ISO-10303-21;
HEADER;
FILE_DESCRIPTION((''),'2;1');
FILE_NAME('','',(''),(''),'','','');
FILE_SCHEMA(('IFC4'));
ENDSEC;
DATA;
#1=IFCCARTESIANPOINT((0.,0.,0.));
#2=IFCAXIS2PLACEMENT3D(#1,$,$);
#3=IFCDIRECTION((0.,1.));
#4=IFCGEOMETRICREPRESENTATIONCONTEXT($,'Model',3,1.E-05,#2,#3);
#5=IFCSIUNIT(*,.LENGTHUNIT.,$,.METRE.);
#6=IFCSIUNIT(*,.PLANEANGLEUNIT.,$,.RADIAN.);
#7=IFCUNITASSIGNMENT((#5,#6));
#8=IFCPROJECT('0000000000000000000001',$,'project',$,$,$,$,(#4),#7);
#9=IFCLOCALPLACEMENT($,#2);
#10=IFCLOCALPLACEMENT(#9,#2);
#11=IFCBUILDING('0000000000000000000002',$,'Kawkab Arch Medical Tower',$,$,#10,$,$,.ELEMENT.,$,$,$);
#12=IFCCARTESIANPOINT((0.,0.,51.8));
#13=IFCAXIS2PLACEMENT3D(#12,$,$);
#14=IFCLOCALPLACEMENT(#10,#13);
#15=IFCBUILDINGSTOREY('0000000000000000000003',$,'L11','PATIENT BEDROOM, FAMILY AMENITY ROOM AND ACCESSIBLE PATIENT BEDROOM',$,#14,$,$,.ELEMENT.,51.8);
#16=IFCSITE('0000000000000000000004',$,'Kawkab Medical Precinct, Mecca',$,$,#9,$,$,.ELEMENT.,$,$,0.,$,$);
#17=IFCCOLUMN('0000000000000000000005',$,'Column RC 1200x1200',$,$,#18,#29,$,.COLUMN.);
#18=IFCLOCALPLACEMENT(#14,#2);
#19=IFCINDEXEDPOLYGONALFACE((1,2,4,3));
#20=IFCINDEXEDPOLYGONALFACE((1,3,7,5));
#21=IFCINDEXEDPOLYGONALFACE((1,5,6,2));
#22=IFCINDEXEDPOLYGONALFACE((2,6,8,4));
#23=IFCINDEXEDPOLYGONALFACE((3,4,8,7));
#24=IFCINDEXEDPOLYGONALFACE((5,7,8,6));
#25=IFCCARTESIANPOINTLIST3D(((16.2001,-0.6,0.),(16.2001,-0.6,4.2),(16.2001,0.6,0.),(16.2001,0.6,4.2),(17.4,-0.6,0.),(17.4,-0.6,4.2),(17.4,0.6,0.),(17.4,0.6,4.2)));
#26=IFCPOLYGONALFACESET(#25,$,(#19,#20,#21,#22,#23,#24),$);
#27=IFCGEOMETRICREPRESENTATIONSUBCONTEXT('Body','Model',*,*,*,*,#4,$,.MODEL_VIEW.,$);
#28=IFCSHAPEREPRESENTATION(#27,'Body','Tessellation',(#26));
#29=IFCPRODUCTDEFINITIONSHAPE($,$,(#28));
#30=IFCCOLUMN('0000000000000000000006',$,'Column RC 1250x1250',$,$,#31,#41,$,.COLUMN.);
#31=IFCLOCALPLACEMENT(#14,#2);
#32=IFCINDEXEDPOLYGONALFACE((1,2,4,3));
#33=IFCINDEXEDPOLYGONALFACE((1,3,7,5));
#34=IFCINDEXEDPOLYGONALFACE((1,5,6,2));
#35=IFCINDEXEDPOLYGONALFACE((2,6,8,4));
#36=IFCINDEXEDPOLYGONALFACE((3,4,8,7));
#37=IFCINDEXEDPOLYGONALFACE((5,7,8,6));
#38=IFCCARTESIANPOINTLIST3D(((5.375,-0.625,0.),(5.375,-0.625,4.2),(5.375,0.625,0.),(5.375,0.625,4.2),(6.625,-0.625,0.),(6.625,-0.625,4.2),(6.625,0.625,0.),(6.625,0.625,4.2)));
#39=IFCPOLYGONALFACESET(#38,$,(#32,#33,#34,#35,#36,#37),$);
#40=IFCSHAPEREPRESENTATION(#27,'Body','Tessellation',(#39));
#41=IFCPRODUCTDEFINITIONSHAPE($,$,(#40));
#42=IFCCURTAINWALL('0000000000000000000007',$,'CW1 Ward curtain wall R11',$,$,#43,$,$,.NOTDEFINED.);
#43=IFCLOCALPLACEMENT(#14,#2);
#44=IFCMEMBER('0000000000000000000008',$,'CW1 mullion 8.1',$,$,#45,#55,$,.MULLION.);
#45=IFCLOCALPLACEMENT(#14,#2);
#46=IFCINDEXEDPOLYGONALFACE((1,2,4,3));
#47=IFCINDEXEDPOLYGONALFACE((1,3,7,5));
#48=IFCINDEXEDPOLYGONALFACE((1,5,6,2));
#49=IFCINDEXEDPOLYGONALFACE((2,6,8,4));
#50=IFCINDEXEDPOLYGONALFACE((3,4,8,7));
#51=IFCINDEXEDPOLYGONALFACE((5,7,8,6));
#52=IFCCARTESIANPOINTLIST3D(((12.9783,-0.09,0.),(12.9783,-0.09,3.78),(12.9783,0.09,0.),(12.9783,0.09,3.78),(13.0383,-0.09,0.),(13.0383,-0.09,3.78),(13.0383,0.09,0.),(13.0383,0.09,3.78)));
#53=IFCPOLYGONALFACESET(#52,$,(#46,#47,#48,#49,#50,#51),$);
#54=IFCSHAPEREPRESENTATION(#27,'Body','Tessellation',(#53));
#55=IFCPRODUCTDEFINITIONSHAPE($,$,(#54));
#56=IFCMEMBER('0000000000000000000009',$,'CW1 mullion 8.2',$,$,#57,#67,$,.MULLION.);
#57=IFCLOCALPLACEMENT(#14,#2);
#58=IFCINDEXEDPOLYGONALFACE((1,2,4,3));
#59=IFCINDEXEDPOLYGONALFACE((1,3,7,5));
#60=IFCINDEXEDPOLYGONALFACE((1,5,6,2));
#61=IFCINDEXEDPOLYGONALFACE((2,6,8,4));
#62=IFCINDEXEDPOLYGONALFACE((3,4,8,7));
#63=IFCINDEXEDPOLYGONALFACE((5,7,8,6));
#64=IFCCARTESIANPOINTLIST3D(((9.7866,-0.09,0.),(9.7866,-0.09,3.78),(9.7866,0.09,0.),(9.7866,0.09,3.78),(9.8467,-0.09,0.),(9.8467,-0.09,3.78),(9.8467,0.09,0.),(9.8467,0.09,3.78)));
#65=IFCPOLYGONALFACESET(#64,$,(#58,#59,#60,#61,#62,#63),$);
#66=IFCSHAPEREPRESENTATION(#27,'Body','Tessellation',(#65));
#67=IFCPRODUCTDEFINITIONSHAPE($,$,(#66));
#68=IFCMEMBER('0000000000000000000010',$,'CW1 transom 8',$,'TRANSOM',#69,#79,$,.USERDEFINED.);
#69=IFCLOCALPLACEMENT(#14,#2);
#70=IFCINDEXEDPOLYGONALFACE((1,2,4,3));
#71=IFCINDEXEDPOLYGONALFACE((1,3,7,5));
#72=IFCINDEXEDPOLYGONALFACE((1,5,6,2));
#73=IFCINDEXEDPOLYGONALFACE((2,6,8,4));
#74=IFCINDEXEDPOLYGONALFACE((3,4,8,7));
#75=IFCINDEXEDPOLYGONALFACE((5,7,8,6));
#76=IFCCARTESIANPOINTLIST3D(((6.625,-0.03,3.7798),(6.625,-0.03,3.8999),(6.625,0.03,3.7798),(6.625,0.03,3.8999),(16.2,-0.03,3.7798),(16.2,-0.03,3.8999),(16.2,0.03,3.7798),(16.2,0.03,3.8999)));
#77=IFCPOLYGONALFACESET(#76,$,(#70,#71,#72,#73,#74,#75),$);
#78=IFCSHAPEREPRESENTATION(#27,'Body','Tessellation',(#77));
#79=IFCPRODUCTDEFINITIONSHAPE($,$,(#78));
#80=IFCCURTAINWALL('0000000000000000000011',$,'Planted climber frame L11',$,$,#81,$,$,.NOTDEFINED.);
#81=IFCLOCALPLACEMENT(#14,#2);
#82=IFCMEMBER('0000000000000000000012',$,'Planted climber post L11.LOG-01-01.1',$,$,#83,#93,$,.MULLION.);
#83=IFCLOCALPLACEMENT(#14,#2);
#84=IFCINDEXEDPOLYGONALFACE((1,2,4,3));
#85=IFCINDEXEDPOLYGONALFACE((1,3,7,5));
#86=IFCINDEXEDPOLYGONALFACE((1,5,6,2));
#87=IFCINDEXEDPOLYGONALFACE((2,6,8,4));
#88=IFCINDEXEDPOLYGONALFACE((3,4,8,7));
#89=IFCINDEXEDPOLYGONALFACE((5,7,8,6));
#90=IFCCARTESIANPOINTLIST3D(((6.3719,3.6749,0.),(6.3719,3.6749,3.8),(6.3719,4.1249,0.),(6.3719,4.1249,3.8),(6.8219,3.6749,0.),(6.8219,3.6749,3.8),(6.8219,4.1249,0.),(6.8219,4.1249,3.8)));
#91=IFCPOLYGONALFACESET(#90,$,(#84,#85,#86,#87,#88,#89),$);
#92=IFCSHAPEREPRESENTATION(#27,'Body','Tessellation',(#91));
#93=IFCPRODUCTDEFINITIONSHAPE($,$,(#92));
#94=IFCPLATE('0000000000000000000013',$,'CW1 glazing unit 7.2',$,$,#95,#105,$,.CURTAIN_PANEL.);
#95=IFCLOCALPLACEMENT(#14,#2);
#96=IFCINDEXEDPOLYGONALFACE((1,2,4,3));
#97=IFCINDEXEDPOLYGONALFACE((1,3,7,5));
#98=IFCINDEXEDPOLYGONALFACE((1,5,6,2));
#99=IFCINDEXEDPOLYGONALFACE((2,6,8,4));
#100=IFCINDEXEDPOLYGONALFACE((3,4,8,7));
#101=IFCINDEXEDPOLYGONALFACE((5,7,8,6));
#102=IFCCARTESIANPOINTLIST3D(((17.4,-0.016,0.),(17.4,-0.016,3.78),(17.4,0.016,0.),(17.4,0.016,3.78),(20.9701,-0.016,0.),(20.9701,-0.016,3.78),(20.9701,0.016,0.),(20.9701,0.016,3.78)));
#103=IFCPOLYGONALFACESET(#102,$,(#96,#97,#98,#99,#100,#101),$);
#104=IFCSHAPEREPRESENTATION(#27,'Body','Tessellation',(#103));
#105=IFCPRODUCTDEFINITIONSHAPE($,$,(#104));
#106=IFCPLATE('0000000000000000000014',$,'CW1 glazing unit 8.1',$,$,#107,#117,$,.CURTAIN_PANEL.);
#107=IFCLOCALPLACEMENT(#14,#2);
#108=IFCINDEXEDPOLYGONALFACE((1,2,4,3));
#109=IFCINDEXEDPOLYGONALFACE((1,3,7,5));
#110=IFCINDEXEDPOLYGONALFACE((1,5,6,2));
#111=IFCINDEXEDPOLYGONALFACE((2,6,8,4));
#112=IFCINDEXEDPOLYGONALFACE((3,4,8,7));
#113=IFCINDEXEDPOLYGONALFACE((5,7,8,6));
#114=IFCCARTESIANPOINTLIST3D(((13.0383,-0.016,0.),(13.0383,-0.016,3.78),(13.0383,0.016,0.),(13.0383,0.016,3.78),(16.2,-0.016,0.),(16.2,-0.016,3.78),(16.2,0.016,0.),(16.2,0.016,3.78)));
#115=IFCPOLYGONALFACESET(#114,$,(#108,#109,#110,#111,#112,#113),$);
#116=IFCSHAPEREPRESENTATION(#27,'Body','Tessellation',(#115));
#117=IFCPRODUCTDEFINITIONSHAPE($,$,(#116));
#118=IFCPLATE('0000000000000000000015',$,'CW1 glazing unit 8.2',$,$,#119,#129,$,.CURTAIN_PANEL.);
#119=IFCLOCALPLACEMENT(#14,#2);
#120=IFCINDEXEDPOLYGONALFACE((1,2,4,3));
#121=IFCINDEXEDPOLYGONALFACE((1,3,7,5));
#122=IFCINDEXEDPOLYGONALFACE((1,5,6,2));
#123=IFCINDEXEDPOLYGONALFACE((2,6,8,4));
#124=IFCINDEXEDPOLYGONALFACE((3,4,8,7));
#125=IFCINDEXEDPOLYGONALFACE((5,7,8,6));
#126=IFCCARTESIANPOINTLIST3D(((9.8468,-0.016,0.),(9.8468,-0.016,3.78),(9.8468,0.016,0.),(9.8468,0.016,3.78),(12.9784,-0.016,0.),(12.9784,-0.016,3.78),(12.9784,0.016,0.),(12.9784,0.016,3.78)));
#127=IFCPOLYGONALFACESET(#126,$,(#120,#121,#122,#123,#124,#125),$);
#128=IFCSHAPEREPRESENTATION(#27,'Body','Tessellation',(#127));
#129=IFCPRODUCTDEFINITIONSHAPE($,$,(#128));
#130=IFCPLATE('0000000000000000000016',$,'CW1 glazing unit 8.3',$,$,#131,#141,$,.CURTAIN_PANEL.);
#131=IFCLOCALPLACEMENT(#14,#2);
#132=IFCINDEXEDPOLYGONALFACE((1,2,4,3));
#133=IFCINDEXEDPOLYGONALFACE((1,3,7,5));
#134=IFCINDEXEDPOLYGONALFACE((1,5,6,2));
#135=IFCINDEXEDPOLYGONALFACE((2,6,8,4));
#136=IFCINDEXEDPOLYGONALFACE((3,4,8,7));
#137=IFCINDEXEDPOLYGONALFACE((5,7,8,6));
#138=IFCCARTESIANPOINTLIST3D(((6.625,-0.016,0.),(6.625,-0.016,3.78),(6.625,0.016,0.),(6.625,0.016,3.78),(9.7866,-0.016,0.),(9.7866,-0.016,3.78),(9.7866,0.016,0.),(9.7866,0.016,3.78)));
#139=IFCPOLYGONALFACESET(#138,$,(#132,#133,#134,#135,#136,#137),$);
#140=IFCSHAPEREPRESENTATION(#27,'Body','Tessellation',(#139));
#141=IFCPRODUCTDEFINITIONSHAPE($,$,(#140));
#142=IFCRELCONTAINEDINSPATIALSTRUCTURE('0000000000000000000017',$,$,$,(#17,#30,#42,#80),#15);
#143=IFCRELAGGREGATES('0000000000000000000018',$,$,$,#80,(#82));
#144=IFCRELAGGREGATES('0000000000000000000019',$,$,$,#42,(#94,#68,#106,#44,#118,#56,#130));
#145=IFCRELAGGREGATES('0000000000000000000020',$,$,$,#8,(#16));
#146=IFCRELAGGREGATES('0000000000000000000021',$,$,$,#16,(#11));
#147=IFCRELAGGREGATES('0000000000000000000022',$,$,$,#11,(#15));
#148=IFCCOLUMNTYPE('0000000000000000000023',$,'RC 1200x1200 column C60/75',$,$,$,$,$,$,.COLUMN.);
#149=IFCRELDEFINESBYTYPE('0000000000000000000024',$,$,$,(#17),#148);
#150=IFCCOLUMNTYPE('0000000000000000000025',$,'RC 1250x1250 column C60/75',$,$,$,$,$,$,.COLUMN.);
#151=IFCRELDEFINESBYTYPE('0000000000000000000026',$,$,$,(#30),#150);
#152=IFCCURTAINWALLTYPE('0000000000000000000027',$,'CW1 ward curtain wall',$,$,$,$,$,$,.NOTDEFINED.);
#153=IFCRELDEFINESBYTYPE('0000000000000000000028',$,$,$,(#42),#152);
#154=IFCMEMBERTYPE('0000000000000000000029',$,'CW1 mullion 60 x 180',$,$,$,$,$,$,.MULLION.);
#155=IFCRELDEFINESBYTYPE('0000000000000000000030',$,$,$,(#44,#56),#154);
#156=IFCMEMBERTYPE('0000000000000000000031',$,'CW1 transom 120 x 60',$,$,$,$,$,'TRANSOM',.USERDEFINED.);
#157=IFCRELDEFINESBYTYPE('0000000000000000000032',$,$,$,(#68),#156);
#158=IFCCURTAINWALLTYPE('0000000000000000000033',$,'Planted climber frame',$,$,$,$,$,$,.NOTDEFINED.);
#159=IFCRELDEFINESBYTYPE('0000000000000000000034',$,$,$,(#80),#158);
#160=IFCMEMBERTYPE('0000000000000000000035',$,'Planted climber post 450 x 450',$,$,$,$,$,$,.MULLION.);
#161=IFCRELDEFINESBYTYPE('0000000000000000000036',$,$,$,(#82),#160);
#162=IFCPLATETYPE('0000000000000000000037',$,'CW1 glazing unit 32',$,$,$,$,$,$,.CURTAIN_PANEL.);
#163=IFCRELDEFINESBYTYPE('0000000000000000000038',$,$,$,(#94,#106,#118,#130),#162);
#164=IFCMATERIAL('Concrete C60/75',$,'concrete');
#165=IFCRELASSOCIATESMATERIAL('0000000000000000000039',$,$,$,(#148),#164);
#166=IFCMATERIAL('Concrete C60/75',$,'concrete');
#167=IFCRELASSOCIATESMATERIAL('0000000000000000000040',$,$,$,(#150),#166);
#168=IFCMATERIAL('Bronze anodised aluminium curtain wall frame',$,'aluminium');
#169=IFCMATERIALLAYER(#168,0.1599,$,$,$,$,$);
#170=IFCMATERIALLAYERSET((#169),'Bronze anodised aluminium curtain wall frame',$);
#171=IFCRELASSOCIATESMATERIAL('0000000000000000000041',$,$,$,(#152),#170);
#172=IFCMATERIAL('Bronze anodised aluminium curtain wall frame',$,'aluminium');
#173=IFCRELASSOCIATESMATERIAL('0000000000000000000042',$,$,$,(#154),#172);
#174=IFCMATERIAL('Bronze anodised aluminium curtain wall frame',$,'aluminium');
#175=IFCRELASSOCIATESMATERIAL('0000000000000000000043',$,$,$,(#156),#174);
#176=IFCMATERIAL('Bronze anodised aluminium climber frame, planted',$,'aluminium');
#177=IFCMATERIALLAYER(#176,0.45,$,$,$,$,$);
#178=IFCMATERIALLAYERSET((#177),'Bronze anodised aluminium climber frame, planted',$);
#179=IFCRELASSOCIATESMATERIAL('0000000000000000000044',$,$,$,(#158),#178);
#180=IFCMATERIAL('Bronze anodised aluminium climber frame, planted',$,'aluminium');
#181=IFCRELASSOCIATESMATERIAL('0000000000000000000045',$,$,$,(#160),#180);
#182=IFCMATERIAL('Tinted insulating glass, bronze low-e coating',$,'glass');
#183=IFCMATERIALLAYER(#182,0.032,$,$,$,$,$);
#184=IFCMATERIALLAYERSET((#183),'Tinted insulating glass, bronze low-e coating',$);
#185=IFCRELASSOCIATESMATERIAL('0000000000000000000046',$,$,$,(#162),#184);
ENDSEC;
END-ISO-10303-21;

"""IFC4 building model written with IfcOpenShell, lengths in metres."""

from ifc_helpers import new_model, si_unit, direction, frame, origin, origin_2d, place, context, subcontext, project, spatial, rectangle, extrude, material, layer, layer_set, material_profile, profile_set, type_object, element, aggregate, save


model = new_model("IFC4")

# Units and contexts
model_context = context("Model", 3, precision=1e-05, world=origin(), true_north=direction((0.0, 1.0)))
body_context = subcontext(model_context, "Body", "Model", "MODEL_VIEW")
ifc_project = project(units=[si_unit("LENGTHUNIT", "METRE"), si_unit("PLANEANGLEUNIT", "RADIAN")], contexts=[model_context])

# Site, building, storey
site_placement = place(None, origin())
site = spatial("IfcSite", under=ifc_project, at=site_placement, Name="Kawkab Medical Precinct, Mecca", CompositionType="ELEMENT", RefElevation=0.0)
building_placement = place(site_placement, origin())
building = spatial("IfcBuilding", under=site, at=building_placement, Name="Kawkab Arch Medical Tower", CompositionType="ELEMENT")
storey_placement = place(building_placement, frame((0.0, 0.0, 51.8)))
storey = spatial("IfcBuildingStorey", under=building, at=storey_placement, Name="L11", Description="PATIENT BEDROOM, FAMILY AMENITY ROOM AND ACCESSIBLE PATIENT BEDROOM", CompositionType="ELEMENT", Elevation=51.8)

# Columns
ifc_material_1 = material(Name="Concrete C60/75", Category="concrete")
ifc_material_profile_1 = material_profile(ifc_material_1, rectangle(XDim=1.2, YDim=1.2, at=origin_2d()), Name="RC 1200x1200")
ifc_profile_set_1 = profile_set([ifc_material_profile_1], Name="Concrete C60/75")
column_type_1 = type_object("IfcColumnType", Name="RC 1200x1200 column C60/75", PredefinedType="COLUMN", material=ifc_profile_set_1)
column_1_placement = place(storey_placement, frame((16.8, 0.0, 0.0), z_axis=(0.0, 0.0, 1.0), x_axis=(1.0, 0.0, 0.0)))
element("IfcColumn", 1, at=column_1_placement, inside=storey, type_object=column_type_1, Name="Column RC 1200x1200", PredefinedType="COLUMN", context=body_context, shape_type="SweptSolid", body=[
    extrude(rectangle(XDim=1.2, YDim=1.2, at=origin_2d()), origin(), (0.0, 0.0, 1.0), 4.2),
])
ifc_material_2 = material(Name="Concrete C60/75", Category="concrete")
ifc_material_profile_2 = material_profile(ifc_material_2, rectangle(XDim=1.25, YDim=1.25, at=origin_2d()), Name="RC 1250x1250")
ifc_profile_set_2 = profile_set([ifc_material_profile_2], Name="Concrete C60/75")
column_type_2 = type_object("IfcColumnType", Name="RC 1250x1250 column C60/75", PredefinedType="COLUMN", material=ifc_profile_set_2)
column_2_placement = place(storey_placement, frame((6.0, 0.0, 0.0), z_axis=(0.0, 0.0, 1.0), x_axis=(1.0, 0.0, 0.0)))
element("IfcColumn", 2, at=column_2_placement, inside=storey, type_object=column_type_2, Name="Column RC 1250x1250", PredefinedType="COLUMN", context=body_context, shape_type="SweptSolid", body=[
    extrude(rectangle(XDim=1.25, YDim=1.25, at=origin_2d()), origin(), (0.0, 0.0, 1.0), 4.2),
])

# Curtain wall, members
ifc_material_3 = material(Name="Bronze anodised aluminium curtain wall frame", Category="aluminium")
ifc_layer_1 = layer(ifc_material_3, 0.1599)
ifc_layer_set_1 = layer_set([ifc_layer_1], Name="Bronze anodised aluminium curtain wall frame")
curtain_wall_type_1 = type_object("IfcCurtainWallType", Name="CW1 ward curtain wall", PredefinedType="NOTDEFINED", material=ifc_layer_set_1)
placement = place(storey_placement, origin())
curtain_wall_1 = element("IfcCurtainWall", 3, at=placement, inside=storey, type_object=curtain_wall_type_1, Name="CW1 Ward curtain wall R11", PredefinedType="NOTDEFINED")
ifc_material_4 = material(Name="Bronze anodised aluminium curtain wall frame", Category="aluminium")
ifc_material_profile_3 = material_profile(ifc_material_4, rectangle(XDim=0.1799, YDim=0.0601, at=origin_2d()), Name="AL 60x180")
ifc_profile_set_3 = profile_set([ifc_material_profile_3], Name="Bronze anodised aluminium curtain wall frame")
member_type_1 = type_object("IfcMemberType", Name="CW1 mullion 60 x 180", PredefinedType="MULLION", material=ifc_profile_set_3)
member_1_placement = place(storey_placement, frame((13.0083, 0.0, 0.0), z_axis=(0.0, 0.0, 1.0), x_axis=(0.0, -1.0, 0.0)))
member_1 = element("IfcMember", 4, at=member_1_placement, type_object=member_type_1, Name="CW1 mullion 8.1", PredefinedType="MULLION", context=body_context, shape_type="SweptSolid", body=[
    extrude(rectangle(XDim=0.1799, YDim=0.0601, at=origin_2d()), origin(), (0.0, 0.0, 1.0), 3.78),
])
member_2_placement = place(storey_placement, frame((9.8167, 0.0, 0.0), z_axis=(0.0, 0.0, 1.0), x_axis=(0.0, -1.0, 0.0)))
member_2 = element("IfcMember", 5, at=member_2_placement, type_object=member_type_1, Name="CW1 mullion 8.2", PredefinedType="MULLION", context=body_context, shape_type="SweptSolid", body=[
    extrude(rectangle(XDim=0.1799, YDim=0.0601, at=origin_2d()), origin(), (0.0, 0.0, 1.0), 3.78),
])
ifc_material_5 = material(Name="Bronze anodised aluminium curtain wall frame", Category="aluminium")
ifc_material_profile_4 = material_profile(ifc_material_5, rectangle(XDim=0.0601, YDim=0.1201, at=origin_2d()), Name="AL 60x120")
ifc_profile_set_4 = profile_set([ifc_material_profile_4], Name="Bronze anodised aluminium curtain wall frame")
member_type_2 = type_object("IfcMemberType", Name="CW1 transom 120 x 60", ElementType="TRANSOM", PredefinedType="USERDEFINED", material=ifc_profile_set_4)
member_3_placement = place(storey_placement, frame((16.2, 0.0, 3.8398), z_axis=(-1.0, 0.0, 0.0), x_axis=(0.0, -1.0, 0.0)))
member_3 = element("IfcMember", 6, at=member_3_placement, type_object=member_type_2, Name="CW1 transom 8", ObjectType="TRANSOM", PredefinedType="USERDEFINED", context=body_context, shape_type="SweptSolid", body=[
    extrude(rectangle(XDim=0.0601, YDim=0.1201, at=origin_2d()), origin(), (0.0, 0.0, 1.0), 9.575),
])

# Curtain wall, member
ifc_material_6 = material(Name="Bronze anodised aluminium climber frame, planted", Category="aluminium")
ifc_layer_2 = layer(ifc_material_6, 0.45)
ifc_layer_set_2 = layer_set([ifc_layer_2], Name="Bronze anodised aluminium climber frame, planted")
curtain_wall_type_2 = type_object("IfcCurtainWallType", Name="Planted climber frame", PredefinedType="NOTDEFINED", material=ifc_layer_set_2)
curtain_wall_2 = element("IfcCurtainWall", 7, at=placement, inside=storey, type_object=curtain_wall_type_2, Name="Planted climber frame L11", PredefinedType="NOTDEFINED")
ifc_material_7 = material(Name="Bronze anodised aluminium climber frame, planted", Category="aluminium")
ifc_material_profile_5 = material_profile(ifc_material_7, rectangle(XDim=0.45, YDim=0.45, at=origin_2d()), Name="Post 450x450")
ifc_profile_set_5 = profile_set([ifc_material_profile_5], Name="Bronze anodised aluminium climber frame, planted")
member_type_3 = type_object("IfcMemberType", Name="Planted climber post 450 x 450", PredefinedType="MULLION", material=ifc_profile_set_5)
member_4_placement = place(storey_placement, frame((6.5969, 3.8999, 0.0), z_axis=(0.0, 0.0, 1.0), x_axis=(1.0, 0.0, 0.0)))
member_4 = element("IfcMember", 8, at=member_4_placement, type_object=member_type_3, Name="Planted climber post L11.LOG-01-01.1", PredefinedType="MULLION", context=body_context, shape_type="SweptSolid", body=[
    extrude(rectangle(XDim=0.45, YDim=0.45, at=origin_2d()), origin(), (0.0, 0.0, 1.0), 3.8),
])
aggregate(curtain_wall_2, [member_4])

# Plates
ifc_material_8 = material(Name="Tinted insulating glass, bronze low-e coating", Category="glass")
ifc_layer_3 = layer(ifc_material_8, 0.032)
ifc_layer_set_3 = layer_set([ifc_layer_3], Name="Tinted insulating glass, bronze low-e coating")
plate_type = type_object("IfcPlateType", Name="CW1 glazing unit 32", PredefinedType="CURTAIN_PANEL", material=ifc_layer_set_3)
plate_1_placement = place(storey_placement, frame((19.1851, 0.0, 0.0), z_axis=(0.0, 0.0, 1.0), x_axis=(-1.0, 0.0, 0.0)))
plate_1 = element("IfcPlate", 9, at=plate_1_placement, type_object=plate_type, Name="CW1 glazing unit 7.2", PredefinedType="CURTAIN_PANEL", context=body_context, shape_type="SweptSolid", body=[
    extrude(rectangle(XDim=3.5701, YDim=0.032, at=origin_2d()), origin(), (0.0, 0.0, 1.0), 3.78),
])
plate_2_placement = place(storey_placement, frame((14.6191, 0.0, 0.0), z_axis=(0.0, 0.0, 1.0), x_axis=(-1.0, 0.0, 0.0)))
plate_2 = element("IfcPlate", 10, at=plate_2_placement, type_object=plate_type, Name="CW1 glazing unit 8.1", PredefinedType="CURTAIN_PANEL", context=body_context, shape_type="SweptSolid", body=[
    extrude(rectangle(XDim=3.1616, YDim=0.032, at=origin_2d()), origin(), (0.0, 0.0, 1.0), 3.78),
])
plate_3_placement = place(storey_placement, frame((11.4126, 0.0, 0.0), z_axis=(0.0, 0.0, 1.0), x_axis=(-1.0, 0.0, 0.0)))
plate_3 = element("IfcPlate", 11, at=plate_3_placement, type_object=plate_type, Name="CW1 glazing unit 8.2", PredefinedType="CURTAIN_PANEL", context=body_context, shape_type="SweptSolid", body=[
    extrude(rectangle(XDim=3.1316, YDim=0.032, at=origin_2d()), origin(), (0.0, 0.0, 1.0), 3.78),
])
plate_4_placement = place(storey_placement, frame((8.2058, 0.0, 0.0), z_axis=(0.0, 0.0, 1.0), x_axis=(-1.0, 0.0, 0.0)))
plate_4 = element("IfcPlate", 12, at=plate_4_placement, type_object=plate_type, Name="CW1 glazing unit 8.3", PredefinedType="CURTAIN_PANEL", context=body_context, shape_type="SweptSolid", body=[
    extrude(rectangle(XDim=3.1616, YDim=0.032, at=origin_2d()), origin(), (0.0, 0.0, 1.0), 3.78),
])
aggregate(curtain_wall_1, [plate_1, member_3, plate_2, member_1, plate_3, member_2, plate_4])

save(model, "model.ifc")
